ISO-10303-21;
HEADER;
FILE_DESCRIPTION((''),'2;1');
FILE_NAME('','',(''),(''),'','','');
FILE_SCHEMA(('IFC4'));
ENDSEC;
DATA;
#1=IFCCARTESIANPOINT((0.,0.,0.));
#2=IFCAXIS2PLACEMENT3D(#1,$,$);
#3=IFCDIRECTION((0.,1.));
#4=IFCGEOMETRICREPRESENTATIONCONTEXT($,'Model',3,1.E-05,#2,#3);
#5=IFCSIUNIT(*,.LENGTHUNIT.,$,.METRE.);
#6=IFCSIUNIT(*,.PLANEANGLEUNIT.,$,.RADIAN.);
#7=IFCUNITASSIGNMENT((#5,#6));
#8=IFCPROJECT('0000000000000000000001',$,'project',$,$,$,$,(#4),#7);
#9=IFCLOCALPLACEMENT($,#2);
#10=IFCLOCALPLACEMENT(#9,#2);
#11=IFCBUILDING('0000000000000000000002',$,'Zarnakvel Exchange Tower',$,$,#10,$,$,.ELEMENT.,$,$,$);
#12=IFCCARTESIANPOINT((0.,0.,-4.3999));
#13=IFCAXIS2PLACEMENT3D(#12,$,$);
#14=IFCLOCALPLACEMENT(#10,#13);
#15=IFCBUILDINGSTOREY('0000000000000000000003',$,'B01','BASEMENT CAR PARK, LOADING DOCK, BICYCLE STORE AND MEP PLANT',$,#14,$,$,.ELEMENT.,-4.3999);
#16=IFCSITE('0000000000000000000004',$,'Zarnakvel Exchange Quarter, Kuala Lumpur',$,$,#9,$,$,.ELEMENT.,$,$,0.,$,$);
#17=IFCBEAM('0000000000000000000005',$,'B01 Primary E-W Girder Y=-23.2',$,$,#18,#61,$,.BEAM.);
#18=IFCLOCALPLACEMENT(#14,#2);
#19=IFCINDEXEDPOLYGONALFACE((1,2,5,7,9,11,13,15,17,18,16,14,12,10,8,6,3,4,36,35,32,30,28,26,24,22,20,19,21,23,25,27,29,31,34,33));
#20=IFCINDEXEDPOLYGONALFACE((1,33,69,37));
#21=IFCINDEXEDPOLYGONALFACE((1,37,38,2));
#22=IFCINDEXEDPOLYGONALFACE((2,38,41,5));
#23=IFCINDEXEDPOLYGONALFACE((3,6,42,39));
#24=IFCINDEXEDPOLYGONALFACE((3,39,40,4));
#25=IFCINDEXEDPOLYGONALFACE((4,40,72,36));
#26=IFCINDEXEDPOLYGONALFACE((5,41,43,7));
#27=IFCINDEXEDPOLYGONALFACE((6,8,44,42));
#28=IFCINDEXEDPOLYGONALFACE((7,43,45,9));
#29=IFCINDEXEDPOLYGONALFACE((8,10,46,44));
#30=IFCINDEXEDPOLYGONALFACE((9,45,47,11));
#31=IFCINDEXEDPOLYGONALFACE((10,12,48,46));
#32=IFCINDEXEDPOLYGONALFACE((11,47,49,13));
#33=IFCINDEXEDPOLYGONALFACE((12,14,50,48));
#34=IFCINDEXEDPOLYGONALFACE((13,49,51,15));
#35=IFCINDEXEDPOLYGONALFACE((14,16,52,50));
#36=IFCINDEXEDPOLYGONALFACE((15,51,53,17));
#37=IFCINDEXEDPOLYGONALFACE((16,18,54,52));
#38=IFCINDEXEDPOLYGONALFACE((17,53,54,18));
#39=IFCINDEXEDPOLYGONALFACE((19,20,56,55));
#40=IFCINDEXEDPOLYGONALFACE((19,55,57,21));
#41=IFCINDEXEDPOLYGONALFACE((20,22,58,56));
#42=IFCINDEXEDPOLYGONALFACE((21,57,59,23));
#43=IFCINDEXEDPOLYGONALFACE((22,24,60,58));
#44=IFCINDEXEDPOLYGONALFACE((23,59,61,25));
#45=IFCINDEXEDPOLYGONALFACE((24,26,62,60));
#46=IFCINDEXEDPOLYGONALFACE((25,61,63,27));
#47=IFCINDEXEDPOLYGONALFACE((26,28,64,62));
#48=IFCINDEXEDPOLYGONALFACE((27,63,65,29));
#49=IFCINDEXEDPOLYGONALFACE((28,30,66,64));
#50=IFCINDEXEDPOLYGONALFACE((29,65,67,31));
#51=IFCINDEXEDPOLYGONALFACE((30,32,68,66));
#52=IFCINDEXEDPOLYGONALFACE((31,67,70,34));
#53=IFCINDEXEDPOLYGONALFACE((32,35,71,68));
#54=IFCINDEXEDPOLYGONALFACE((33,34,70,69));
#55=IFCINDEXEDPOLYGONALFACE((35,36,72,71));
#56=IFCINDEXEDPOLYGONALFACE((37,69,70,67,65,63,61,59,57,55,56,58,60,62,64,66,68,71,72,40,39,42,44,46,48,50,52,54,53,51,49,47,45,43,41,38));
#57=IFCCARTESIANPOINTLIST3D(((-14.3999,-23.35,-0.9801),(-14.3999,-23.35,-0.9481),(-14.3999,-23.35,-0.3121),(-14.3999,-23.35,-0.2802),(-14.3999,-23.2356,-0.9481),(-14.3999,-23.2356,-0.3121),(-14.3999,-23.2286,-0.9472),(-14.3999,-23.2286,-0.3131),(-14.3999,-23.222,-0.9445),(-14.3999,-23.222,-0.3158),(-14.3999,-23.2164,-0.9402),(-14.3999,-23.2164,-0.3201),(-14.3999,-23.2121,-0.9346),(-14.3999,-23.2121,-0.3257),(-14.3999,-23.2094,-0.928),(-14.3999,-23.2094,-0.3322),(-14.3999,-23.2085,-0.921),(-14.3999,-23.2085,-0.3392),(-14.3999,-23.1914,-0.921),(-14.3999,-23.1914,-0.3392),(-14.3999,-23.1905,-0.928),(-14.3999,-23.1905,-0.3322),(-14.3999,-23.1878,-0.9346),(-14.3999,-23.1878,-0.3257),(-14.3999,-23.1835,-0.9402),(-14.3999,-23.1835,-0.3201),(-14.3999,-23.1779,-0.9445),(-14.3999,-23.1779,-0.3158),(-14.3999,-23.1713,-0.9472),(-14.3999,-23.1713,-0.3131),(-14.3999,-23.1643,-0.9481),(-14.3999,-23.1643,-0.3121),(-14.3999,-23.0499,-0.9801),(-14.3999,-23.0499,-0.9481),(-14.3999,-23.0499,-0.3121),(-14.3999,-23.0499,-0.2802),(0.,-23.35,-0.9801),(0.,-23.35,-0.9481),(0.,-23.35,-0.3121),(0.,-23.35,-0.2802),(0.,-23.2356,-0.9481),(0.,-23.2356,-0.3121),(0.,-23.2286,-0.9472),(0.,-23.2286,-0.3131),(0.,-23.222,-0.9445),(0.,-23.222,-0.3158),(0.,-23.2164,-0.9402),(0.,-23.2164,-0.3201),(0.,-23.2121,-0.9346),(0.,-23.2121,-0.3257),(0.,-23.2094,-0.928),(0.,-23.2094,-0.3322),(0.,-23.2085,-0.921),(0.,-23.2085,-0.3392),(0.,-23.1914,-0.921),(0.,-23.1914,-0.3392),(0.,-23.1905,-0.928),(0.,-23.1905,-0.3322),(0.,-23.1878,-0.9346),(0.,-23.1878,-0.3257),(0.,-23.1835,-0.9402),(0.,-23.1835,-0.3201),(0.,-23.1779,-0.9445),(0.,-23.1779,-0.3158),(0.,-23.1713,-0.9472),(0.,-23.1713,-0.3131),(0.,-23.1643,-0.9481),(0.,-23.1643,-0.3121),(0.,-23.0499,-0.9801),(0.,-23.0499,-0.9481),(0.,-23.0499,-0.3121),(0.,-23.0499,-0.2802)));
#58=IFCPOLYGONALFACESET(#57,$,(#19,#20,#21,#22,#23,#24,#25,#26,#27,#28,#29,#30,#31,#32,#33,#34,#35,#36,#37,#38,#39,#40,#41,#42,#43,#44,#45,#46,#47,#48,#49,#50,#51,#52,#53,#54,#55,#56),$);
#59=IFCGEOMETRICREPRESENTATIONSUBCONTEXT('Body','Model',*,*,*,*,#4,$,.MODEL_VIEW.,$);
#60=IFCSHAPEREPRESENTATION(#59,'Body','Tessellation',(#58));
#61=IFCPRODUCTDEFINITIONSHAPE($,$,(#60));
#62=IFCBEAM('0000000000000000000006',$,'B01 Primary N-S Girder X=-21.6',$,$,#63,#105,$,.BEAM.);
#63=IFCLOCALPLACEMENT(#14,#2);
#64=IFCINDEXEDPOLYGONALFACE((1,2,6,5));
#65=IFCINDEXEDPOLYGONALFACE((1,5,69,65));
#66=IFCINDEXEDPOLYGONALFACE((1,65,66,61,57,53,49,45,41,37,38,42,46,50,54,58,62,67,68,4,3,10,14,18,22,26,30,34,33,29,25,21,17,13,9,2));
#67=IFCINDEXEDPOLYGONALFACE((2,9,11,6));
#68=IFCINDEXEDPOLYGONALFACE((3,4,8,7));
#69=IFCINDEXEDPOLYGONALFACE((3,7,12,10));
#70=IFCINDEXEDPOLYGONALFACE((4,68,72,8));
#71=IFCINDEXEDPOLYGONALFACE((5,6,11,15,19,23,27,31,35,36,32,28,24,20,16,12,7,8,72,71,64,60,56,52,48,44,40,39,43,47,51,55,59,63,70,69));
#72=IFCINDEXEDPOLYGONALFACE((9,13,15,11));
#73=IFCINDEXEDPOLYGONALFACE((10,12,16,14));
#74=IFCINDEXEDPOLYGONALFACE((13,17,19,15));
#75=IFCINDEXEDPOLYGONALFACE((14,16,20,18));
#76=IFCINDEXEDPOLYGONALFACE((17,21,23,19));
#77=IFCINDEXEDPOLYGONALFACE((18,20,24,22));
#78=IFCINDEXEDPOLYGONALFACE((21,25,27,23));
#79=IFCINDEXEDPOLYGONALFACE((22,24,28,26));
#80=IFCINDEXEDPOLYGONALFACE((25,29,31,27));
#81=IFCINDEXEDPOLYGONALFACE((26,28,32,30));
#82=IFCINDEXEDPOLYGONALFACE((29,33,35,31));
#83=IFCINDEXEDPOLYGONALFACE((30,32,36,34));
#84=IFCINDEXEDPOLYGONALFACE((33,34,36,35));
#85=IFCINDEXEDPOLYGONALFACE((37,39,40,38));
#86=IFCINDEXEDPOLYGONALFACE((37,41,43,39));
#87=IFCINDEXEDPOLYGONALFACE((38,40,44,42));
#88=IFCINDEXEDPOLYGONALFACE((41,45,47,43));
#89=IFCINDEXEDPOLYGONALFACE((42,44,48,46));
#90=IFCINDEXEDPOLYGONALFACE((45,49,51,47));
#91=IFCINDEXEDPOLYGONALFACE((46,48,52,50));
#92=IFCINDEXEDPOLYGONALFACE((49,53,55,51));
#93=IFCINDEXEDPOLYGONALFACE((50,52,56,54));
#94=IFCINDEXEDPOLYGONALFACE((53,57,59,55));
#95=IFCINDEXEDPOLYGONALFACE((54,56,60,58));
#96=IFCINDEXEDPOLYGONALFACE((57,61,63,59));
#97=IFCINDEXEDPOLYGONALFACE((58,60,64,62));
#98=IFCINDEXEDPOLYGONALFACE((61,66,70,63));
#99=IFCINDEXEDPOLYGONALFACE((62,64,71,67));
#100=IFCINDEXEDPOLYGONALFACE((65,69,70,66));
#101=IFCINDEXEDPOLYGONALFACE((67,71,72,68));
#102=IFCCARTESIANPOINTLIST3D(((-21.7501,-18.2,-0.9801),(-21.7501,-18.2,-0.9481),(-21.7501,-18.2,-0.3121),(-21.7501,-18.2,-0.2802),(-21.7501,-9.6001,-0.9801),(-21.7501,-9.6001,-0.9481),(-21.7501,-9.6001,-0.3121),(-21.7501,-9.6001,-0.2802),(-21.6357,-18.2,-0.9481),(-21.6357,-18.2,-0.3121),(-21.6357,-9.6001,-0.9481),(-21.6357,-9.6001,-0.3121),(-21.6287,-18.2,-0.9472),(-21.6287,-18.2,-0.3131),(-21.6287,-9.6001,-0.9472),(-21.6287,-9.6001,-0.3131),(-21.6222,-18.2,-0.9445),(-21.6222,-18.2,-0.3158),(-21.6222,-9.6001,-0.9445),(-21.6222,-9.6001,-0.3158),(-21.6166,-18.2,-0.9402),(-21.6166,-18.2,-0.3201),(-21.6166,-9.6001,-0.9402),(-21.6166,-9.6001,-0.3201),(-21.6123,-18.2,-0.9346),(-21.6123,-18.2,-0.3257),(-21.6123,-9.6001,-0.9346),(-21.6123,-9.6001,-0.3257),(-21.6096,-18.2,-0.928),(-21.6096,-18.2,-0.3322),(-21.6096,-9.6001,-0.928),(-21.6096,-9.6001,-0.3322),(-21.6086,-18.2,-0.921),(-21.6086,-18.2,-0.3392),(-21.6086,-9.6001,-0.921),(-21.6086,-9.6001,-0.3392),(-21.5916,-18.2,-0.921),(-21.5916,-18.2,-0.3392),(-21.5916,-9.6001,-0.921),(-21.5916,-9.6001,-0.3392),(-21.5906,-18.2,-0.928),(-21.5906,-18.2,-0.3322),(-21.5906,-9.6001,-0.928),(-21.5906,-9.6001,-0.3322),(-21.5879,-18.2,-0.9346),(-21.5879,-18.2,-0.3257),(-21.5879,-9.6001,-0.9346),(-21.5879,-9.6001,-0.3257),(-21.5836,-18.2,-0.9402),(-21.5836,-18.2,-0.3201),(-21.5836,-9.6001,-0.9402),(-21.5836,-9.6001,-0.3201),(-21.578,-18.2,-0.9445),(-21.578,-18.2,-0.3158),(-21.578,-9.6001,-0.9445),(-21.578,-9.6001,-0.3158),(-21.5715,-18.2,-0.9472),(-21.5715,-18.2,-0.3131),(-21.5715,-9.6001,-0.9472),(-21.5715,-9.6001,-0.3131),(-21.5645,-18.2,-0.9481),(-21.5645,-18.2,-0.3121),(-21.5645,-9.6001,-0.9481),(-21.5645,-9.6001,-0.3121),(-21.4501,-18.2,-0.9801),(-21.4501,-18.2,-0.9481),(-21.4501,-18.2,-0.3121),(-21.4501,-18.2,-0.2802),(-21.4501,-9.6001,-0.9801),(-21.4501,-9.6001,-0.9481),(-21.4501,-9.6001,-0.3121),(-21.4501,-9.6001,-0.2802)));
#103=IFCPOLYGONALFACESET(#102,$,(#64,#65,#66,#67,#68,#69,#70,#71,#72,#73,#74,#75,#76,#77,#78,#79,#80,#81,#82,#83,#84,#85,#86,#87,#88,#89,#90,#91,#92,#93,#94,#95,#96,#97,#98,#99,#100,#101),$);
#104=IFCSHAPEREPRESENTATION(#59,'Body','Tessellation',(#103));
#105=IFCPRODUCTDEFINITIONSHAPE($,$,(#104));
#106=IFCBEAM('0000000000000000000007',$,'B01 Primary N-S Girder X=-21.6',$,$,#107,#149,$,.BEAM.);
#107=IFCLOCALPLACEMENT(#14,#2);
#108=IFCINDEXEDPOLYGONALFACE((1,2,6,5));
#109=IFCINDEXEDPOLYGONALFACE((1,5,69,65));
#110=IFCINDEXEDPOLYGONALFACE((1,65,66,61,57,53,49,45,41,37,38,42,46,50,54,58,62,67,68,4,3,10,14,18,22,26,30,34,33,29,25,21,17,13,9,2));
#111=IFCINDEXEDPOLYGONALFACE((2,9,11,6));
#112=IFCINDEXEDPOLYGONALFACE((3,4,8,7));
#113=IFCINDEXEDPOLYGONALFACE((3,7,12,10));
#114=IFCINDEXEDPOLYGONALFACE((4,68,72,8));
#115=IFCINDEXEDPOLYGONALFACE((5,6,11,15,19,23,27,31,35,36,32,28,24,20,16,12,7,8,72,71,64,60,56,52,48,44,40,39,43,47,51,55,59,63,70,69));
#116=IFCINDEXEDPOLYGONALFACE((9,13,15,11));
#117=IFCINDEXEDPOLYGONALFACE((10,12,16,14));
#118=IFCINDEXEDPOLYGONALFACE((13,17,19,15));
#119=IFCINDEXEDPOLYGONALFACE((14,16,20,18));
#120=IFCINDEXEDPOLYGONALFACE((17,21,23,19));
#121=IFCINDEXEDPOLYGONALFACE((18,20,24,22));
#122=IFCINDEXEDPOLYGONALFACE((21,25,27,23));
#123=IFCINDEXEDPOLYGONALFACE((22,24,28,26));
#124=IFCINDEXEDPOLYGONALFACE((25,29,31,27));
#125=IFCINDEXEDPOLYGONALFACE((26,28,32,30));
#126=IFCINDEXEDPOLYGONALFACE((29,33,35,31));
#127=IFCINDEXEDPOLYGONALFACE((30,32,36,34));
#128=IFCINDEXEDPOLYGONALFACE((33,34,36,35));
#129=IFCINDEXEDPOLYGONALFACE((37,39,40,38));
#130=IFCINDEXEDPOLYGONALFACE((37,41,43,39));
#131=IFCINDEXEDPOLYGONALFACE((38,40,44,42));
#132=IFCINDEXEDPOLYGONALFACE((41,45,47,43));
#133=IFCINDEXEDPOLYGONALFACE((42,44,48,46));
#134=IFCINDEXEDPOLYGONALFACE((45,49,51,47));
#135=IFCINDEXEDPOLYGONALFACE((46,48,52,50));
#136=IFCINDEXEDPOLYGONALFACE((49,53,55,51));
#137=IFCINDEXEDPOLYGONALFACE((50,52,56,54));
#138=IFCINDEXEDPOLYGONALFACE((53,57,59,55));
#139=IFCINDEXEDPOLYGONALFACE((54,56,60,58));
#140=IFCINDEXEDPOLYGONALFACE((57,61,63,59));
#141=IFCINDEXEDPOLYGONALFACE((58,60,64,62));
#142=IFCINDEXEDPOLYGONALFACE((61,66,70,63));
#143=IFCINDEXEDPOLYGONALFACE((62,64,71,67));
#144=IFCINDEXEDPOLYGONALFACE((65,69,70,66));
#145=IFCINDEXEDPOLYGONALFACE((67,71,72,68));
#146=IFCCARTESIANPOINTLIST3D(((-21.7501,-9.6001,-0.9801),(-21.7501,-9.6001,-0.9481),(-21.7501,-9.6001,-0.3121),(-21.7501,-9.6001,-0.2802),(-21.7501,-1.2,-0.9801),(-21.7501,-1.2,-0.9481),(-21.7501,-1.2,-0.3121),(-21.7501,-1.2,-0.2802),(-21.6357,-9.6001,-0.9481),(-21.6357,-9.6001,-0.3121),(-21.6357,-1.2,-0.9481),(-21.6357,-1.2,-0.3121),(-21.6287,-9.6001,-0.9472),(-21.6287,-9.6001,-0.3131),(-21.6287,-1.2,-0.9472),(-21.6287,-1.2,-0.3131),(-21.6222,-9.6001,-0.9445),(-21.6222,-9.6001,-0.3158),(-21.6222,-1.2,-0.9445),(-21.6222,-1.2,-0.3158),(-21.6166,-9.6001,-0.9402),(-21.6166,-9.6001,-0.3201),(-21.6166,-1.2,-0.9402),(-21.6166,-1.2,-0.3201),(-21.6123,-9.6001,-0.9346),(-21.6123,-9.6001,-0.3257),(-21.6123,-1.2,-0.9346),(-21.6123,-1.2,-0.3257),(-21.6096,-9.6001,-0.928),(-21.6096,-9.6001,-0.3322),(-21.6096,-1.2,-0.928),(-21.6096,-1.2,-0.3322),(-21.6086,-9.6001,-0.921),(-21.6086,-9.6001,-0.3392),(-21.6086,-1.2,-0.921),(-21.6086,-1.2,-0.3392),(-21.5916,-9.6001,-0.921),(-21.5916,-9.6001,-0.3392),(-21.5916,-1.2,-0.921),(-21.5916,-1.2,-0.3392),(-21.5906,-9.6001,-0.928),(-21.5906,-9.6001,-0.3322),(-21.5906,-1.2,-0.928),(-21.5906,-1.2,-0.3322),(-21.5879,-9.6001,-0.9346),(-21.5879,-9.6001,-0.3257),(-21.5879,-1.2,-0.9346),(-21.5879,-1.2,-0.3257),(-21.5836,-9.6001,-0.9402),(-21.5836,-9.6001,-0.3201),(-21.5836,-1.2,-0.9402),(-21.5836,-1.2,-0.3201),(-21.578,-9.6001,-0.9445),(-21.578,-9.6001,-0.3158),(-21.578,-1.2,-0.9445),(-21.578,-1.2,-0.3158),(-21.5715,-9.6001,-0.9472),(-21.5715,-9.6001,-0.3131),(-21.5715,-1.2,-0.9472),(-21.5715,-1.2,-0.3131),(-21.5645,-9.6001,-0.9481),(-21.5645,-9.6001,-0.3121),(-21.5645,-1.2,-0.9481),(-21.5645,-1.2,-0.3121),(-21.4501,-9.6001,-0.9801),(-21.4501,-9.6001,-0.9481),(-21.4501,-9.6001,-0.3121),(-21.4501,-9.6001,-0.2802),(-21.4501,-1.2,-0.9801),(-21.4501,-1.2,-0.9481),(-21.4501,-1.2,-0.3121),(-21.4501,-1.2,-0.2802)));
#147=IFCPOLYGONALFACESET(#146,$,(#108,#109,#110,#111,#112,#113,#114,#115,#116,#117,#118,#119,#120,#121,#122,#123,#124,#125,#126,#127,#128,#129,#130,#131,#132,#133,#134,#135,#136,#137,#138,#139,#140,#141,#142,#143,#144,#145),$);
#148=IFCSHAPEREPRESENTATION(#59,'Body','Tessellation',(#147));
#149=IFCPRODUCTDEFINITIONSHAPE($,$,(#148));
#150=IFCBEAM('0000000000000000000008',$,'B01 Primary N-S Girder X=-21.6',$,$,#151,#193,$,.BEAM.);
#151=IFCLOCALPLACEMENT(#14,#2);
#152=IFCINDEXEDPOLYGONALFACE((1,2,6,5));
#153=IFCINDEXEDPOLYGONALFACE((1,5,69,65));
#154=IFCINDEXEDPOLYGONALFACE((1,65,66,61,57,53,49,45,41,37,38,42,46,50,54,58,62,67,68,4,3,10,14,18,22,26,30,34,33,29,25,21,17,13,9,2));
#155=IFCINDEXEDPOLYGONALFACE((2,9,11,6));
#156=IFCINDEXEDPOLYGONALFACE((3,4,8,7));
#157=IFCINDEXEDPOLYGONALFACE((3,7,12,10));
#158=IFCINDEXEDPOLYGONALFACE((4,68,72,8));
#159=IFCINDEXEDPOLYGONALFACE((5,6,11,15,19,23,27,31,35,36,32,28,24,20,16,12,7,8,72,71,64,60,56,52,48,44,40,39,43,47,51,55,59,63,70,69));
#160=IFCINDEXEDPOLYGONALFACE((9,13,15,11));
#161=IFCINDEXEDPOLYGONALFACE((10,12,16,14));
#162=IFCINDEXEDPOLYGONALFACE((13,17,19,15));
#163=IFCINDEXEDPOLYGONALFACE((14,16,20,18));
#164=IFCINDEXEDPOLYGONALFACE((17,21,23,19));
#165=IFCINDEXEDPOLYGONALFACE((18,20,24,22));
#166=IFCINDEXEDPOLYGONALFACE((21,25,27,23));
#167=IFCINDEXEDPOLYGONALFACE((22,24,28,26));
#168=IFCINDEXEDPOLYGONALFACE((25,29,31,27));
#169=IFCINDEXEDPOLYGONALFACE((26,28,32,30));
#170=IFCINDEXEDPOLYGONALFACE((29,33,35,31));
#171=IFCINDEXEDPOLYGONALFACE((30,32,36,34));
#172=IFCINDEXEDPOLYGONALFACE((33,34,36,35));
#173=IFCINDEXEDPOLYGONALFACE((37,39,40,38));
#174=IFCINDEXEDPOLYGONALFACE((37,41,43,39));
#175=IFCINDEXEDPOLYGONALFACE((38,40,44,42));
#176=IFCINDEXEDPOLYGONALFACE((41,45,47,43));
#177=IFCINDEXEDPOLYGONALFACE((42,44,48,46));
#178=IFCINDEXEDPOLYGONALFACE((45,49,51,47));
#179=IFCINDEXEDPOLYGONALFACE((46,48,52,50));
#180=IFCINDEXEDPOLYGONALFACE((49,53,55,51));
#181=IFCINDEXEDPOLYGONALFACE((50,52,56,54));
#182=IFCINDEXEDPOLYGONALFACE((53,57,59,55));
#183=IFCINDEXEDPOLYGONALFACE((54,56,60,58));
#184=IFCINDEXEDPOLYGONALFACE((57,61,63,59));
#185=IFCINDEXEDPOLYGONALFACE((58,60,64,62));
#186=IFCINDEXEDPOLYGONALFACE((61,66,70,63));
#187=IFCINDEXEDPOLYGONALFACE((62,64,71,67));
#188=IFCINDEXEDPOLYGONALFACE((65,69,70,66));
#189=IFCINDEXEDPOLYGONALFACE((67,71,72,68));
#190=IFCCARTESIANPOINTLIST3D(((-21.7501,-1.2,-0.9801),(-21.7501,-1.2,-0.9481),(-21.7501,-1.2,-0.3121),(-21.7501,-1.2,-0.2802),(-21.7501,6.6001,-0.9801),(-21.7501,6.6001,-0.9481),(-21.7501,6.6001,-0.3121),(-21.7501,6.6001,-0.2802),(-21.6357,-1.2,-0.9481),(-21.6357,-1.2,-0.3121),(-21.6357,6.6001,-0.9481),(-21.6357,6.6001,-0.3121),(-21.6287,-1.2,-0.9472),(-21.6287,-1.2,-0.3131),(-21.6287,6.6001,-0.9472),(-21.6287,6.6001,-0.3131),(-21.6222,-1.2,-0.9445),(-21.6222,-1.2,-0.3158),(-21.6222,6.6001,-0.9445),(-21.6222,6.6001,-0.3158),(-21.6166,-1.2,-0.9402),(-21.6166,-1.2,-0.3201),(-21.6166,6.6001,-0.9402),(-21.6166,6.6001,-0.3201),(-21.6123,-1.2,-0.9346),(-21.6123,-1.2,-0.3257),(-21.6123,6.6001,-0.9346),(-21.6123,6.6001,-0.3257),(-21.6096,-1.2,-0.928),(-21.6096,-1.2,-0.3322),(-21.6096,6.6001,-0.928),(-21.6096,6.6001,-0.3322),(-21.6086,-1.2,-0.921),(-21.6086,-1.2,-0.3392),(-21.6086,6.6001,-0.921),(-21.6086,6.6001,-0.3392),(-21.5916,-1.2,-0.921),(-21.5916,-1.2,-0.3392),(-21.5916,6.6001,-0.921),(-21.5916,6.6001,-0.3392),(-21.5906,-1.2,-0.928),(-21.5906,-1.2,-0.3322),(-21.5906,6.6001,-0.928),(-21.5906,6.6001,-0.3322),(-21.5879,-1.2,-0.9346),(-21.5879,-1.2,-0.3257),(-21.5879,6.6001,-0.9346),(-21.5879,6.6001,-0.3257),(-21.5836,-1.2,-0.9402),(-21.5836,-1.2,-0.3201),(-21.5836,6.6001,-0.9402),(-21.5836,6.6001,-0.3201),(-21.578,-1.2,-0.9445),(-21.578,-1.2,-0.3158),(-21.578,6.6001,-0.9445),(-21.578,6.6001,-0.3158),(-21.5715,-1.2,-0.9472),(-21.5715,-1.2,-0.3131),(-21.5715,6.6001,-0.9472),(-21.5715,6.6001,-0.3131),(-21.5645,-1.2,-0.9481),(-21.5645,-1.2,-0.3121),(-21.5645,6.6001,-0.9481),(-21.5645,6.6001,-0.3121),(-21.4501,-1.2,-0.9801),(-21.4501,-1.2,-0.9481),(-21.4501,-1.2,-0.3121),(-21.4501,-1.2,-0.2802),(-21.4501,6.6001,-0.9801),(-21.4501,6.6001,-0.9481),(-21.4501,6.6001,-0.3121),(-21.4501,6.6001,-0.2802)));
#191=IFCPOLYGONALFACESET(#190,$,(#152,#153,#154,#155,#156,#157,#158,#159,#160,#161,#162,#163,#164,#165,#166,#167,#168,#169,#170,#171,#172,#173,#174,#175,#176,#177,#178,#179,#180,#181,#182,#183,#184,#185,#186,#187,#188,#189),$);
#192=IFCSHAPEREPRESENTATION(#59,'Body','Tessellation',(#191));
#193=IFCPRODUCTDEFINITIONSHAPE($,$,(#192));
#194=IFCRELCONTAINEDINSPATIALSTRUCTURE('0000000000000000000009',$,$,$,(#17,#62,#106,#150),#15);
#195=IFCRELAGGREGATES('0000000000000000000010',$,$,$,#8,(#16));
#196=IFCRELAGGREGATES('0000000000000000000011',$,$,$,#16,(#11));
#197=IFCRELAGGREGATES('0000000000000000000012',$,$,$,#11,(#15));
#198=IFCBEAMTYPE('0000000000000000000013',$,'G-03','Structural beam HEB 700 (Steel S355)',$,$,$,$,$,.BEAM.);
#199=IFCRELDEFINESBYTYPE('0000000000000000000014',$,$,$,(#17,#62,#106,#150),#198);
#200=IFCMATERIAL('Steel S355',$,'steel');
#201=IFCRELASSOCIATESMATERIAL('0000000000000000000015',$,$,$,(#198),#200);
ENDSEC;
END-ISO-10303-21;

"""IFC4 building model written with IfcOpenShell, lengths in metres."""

from ifc_helpers import new_model, si_unit, direction, frame, origin, origin_2d, place, context, subcontext, project, spatial, i_section, extrude, material, material_profile, profile_set, type_object, element, save


model = new_model("IFC4")

# Units and contexts
model_context = context("Model", 3, precision=1e-05, world=origin(), true_north=direction((0.0, 1.0)))
body_context = subcontext(model_context, "Body", "Model", "MODEL_VIEW")
ifc_project = project(units=[si_unit("LENGTHUNIT", "METRE"), si_unit("PLANEANGLEUNIT", "RADIAN")], contexts=[model_context])

# Site, building, storey
site_placement = place(None, origin())
site = spatial("IfcSite", under=ifc_project, at=site_placement, Name="Zarnakvel Exchange Quarter, Kuala Lumpur", CompositionType="ELEMENT", RefElevation=0.0)
building_placement = place(site_placement, origin())
building = spatial("IfcBuilding", under=site, at=building_placement, Name="Zarnakvel Exchange Tower", CompositionType="ELEMENT")
storey_placement = place(building_placement, frame((0.0, 0.0, -4.3999)))
storey = spatial("IfcBuildingStorey", under=building, at=storey_placement, Name="B01", Description="BASEMENT CAR PARK, LOADING DOCK, BICYCLE STORE AND MEP PLANT", CompositionType="ELEMENT", Elevation=-4.3999)

# Beams
ifc_material_1 = material(Name="Steel S355", Category="steel")
ifc_material_profile_1 = material_profile(ifc_material_1, i_section(OverallWidth=0.3, OverallDepth=0.7, WebThickness=0.0171, FlangeThickness=0.032, FilletRadius=0.0271, at=origin_2d()))
ifc_profile_set_1 = profile_set([ifc_material_profile_1], Name="Steel S355")
beam_type_1 = type_object("IfcBeamType", Name="G-03", Description="Structural beam HEB 700 (Steel S355)", PredefinedType="BEAM", material=ifc_profile_set_1)
beam_1_placement = place(storey_placement, frame((-14.3999, -23.2, -0.6301), z_axis=(1.0, 0.0, 0.0), x_axis=(0.0, 1.0, 0.0)))
element("IfcBeam", 1, at=beam_1_placement, inside=storey, type_object=beam_type_1, Name="B01 Primary E-W Girder Y=-23.2", PredefinedType="BEAM", context=body_context, shape_type="SweptSolid", body=[
    extrude(i_section(OverallWidth=0.3, OverallDepth=0.7, WebThickness=0.0171, FlangeThickness=0.032, FilletRadius=0.0271, at=origin_2d()), origin(), (0.0, 0.0, 1.0), 14.3999),
])
beam_2_placement = place(storey_placement, frame((-21.6001, -18.2, -0.6301), z_axis=(0.0, 1.0, 0.0), x_axis=(-1.0, 0.0, 0.0)))
element("IfcBeam", 2, at=beam_2_placement, inside=storey, type_object=beam_type_1, Name="B01 Primary N-S Girder X=-21.6", PredefinedType="BEAM", context=body_context, shape_type="SweptSolid", body=[
    extrude(i_section(OverallWidth=0.3, OverallDepth=0.7, WebThickness=0.0171, FlangeThickness=0.032, FilletRadius=0.0271, at=origin_2d()), origin(), (0.0, 0.0, 1.0), 8.5999),
])
beam_3_placement = place(storey_placement, frame((-21.6001, -9.6001, -0.6301), z_axis=(0.0, 1.0, 0.0), x_axis=(-1.0, 0.0, 0.0)))
element("IfcBeam", 3, at=beam_3_placement, inside=storey, type_object=beam_type_1, Name="B01 Primary N-S Girder X=-21.6", PredefinedType="BEAM", context=body_context, shape_type="SweptSolid", body=[
    extrude(i_section(OverallWidth=0.3, OverallDepth=0.7, WebThickness=0.0171, FlangeThickness=0.032, FilletRadius=0.0271, at=origin_2d()), origin(), (0.0, 0.0, 1.0), 8.4001),
])
beam_4_placement = place(storey_placement, frame((-21.6001, -1.2, -0.6301), z_axis=(0.0, 1.0, 0.0), x_axis=(-1.0, 0.0, 0.0)))
element("IfcBeam", 4, at=beam_4_placement, inside=storey, type_object=beam_type_1, Name="B01 Primary N-S Girder X=-21.6", PredefinedType="BEAM", context=body_context, shape_type="SweptSolid", body=[
    extrude(i_section(OverallWidth=0.3, OverallDepth=0.7, WebThickness=0.0171, FlangeThickness=0.032, FilletRadius=0.0271, at=origin_2d()), origin(), (0.0, 0.0, 1.0), 7.8),
])

save(model, "model.ifc")
